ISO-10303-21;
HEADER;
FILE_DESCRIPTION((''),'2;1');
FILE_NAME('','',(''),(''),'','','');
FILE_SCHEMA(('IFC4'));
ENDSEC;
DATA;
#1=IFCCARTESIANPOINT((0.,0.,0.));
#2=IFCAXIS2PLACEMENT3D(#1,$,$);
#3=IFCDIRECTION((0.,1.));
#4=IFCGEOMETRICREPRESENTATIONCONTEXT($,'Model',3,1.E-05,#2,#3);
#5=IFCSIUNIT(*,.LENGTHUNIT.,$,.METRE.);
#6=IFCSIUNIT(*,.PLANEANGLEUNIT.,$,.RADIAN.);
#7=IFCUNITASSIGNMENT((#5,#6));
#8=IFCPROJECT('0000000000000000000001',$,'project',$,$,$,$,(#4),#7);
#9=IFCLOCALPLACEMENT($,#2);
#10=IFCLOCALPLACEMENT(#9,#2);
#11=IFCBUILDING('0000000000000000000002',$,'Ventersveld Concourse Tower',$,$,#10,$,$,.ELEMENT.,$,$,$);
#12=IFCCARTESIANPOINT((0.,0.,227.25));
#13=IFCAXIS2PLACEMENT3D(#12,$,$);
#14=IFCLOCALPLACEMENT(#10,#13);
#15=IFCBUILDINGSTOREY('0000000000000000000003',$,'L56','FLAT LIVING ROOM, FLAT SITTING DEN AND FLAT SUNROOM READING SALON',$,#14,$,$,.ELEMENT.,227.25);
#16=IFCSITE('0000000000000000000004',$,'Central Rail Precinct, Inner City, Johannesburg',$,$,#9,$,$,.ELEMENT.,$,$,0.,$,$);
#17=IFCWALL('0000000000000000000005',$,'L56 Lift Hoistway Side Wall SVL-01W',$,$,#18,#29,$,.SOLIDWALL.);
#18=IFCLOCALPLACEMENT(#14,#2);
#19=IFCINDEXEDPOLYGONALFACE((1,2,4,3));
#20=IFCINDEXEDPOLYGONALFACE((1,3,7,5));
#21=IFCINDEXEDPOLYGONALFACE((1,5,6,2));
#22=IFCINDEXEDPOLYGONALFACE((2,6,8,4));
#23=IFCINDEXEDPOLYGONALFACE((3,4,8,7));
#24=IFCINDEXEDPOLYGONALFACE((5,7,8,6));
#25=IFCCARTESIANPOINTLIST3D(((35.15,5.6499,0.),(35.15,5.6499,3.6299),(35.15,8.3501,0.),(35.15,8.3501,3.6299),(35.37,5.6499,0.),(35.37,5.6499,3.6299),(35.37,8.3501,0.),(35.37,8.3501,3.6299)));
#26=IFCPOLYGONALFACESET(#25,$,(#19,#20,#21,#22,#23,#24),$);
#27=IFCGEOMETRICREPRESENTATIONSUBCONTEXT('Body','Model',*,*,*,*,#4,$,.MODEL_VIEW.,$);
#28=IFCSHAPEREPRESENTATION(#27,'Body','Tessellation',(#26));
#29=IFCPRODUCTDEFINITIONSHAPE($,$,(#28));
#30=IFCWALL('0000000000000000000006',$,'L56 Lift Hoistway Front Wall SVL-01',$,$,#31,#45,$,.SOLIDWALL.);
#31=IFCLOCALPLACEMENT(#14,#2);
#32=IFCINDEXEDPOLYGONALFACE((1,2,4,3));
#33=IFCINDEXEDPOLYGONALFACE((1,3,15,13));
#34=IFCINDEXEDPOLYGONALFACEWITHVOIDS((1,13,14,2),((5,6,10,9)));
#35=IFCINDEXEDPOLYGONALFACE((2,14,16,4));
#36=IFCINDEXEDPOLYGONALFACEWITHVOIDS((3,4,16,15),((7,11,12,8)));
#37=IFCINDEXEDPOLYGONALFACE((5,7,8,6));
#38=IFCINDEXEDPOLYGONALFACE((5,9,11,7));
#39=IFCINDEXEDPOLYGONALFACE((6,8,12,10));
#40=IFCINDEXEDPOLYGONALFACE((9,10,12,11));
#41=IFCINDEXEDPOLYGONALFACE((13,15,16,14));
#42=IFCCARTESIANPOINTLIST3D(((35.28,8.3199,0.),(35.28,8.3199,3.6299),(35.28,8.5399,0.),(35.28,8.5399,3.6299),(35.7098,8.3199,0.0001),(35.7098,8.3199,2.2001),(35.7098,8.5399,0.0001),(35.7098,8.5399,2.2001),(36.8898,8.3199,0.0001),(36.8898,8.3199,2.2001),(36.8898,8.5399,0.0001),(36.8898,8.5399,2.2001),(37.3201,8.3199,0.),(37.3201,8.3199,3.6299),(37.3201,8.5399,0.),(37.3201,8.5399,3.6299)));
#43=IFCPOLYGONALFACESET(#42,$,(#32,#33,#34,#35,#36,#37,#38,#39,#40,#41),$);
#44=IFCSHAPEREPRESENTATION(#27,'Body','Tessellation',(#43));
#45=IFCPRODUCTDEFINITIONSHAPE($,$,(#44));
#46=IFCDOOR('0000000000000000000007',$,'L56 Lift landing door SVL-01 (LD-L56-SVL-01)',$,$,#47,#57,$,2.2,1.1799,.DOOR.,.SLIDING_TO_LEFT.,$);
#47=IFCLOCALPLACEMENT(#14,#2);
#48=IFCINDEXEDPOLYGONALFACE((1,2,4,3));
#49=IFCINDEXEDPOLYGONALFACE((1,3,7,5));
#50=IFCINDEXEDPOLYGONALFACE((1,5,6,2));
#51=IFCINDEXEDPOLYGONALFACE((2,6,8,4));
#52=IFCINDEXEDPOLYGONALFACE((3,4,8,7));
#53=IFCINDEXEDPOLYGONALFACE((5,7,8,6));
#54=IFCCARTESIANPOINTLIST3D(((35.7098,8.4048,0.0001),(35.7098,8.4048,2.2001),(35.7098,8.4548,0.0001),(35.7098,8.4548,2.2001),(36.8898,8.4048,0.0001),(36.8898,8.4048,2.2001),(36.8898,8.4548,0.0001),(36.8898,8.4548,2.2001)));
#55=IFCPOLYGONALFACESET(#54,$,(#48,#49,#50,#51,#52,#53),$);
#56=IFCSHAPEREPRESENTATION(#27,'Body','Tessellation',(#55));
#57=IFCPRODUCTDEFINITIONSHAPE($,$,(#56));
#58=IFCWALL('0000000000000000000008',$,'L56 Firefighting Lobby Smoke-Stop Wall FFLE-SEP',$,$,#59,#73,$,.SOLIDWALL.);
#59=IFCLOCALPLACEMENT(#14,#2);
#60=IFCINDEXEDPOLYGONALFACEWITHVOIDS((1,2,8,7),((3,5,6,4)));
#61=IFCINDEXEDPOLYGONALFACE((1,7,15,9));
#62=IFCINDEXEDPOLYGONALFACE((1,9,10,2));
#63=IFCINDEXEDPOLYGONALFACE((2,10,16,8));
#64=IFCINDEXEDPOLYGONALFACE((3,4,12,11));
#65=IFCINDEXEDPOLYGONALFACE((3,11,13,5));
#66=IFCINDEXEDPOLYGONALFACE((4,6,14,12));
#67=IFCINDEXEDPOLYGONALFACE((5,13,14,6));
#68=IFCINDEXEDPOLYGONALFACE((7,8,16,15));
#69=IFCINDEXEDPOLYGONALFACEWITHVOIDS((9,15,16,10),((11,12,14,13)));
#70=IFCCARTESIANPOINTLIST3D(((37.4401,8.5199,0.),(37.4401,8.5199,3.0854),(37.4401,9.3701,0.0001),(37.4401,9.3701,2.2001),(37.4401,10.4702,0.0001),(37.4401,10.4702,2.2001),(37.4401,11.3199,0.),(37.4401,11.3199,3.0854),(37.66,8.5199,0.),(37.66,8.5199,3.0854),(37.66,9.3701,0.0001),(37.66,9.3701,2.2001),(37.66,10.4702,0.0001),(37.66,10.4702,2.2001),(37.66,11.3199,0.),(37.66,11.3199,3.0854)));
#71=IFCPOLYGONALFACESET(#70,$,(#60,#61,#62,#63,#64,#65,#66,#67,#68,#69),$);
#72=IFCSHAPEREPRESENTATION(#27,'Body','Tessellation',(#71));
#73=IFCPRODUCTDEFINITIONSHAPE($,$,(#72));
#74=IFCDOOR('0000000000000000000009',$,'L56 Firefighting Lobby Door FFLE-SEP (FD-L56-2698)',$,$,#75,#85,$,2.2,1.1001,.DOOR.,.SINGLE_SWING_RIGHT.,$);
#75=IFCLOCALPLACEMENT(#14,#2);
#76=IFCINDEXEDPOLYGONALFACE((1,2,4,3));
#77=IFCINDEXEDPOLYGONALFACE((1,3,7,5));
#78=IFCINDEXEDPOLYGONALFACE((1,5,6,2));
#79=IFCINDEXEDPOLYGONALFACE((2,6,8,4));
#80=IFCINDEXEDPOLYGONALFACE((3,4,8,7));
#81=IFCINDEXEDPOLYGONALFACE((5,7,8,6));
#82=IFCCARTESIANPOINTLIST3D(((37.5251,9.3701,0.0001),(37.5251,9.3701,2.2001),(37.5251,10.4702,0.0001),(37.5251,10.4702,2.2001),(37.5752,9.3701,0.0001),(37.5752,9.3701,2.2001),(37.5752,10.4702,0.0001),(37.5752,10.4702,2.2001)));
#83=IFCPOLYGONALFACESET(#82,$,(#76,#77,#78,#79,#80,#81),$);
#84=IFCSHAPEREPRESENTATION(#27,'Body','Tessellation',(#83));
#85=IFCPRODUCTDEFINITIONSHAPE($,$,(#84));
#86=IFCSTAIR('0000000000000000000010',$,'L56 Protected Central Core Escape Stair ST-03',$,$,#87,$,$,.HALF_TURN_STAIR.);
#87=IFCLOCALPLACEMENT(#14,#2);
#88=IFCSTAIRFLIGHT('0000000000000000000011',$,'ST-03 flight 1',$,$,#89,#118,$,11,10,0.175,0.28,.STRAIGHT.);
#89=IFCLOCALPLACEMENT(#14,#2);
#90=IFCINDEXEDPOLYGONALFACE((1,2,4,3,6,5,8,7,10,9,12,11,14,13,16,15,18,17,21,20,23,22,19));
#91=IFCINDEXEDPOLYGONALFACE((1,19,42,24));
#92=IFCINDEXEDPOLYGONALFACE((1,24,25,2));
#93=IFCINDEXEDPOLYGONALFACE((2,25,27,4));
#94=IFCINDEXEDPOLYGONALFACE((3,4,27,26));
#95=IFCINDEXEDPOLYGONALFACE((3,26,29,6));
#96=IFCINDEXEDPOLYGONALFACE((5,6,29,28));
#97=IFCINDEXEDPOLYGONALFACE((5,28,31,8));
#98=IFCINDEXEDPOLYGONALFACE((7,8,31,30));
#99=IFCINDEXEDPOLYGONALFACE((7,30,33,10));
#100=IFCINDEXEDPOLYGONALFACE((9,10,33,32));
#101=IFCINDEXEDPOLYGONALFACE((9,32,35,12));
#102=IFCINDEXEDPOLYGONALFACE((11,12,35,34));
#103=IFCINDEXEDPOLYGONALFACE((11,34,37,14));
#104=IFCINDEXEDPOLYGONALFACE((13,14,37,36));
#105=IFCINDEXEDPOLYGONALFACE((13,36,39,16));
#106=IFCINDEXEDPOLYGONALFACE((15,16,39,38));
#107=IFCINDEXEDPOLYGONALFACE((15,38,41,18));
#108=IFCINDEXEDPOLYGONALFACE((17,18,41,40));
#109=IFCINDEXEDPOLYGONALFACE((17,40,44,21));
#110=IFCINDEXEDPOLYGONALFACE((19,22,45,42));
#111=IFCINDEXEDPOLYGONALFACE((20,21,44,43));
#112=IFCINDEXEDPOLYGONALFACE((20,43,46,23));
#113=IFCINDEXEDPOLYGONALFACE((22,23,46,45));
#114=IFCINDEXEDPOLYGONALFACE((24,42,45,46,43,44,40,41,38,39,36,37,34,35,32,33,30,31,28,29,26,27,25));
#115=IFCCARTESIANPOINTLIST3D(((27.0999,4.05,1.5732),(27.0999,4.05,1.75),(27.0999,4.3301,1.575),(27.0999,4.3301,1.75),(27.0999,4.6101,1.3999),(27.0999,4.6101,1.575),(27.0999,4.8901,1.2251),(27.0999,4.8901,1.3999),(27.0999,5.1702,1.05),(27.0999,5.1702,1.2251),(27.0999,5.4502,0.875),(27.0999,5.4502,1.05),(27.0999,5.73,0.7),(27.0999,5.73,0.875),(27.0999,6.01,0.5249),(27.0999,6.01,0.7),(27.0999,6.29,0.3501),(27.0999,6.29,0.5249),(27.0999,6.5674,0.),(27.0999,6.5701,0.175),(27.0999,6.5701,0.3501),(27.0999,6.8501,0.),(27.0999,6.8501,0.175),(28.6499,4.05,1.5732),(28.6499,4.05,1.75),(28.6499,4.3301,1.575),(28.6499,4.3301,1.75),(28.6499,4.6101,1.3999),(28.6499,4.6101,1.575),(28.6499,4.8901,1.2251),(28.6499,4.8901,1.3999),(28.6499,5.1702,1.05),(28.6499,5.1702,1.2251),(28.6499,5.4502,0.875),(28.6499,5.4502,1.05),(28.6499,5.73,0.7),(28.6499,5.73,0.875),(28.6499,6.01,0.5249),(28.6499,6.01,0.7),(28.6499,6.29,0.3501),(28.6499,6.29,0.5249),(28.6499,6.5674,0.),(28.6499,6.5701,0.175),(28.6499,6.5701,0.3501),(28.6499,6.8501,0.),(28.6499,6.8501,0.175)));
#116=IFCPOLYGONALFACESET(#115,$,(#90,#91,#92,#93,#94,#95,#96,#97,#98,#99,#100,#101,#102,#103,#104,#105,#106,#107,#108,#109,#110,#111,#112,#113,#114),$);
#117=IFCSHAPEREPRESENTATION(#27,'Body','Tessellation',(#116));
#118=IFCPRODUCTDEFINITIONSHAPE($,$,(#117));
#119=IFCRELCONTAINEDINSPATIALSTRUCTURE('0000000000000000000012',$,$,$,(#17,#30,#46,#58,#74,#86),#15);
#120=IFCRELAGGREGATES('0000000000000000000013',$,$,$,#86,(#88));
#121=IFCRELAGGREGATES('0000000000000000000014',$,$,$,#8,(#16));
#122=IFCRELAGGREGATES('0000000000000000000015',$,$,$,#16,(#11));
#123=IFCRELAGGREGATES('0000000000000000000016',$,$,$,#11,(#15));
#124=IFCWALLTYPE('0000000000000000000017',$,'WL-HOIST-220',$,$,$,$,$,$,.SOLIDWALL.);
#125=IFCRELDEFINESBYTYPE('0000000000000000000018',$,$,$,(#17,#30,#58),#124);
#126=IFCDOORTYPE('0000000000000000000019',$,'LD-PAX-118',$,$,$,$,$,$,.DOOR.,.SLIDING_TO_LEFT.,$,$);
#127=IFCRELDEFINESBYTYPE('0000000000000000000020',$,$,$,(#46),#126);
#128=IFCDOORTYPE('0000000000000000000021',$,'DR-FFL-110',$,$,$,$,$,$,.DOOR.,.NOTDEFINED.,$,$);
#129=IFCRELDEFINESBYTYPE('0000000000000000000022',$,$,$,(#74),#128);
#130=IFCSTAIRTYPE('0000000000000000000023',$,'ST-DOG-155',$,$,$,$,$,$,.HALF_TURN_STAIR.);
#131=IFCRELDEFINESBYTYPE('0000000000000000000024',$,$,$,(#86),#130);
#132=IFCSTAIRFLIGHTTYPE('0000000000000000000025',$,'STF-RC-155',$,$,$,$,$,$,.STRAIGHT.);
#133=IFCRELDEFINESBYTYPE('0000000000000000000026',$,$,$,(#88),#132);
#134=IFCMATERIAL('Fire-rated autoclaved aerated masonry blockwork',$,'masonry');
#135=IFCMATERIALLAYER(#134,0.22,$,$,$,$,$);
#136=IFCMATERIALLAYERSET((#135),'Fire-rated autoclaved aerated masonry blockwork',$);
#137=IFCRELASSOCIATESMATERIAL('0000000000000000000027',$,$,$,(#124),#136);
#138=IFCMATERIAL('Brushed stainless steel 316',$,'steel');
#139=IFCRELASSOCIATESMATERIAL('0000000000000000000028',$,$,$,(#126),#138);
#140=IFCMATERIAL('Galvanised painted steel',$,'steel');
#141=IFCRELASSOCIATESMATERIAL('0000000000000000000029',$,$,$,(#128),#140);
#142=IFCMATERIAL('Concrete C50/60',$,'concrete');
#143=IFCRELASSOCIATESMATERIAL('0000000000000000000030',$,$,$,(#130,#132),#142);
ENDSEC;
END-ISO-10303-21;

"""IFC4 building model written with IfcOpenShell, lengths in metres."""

from ifc_helpers import new_model, si_unit, direction, frame, frame_2d, origin, place, context, subcontext, project, spatial, polyline, rectangle, outline, extrude, material, layer, layer_set, type_object, element, fill, aggregate, save


model = new_model("IFC4")

# Units and contexts
model_context = context("Model", 3, precision=1e-05, world=origin(), true_north=direction((0.0, 1.0)))
body_context = subcontext(model_context, "Body", "Model", "MODEL_VIEW")
ifc_project = project(units=[si_unit("LENGTHUNIT", "METRE"), si_unit("PLANEANGLEUNIT", "RADIAN")], contexts=[model_context])

# Site, building, storey
site_placement = place(None, origin())
site = spatial("IfcSite", under=ifc_project, at=site_placement, Name="Central Rail Precinct, Inner City, Johannesburg", CompositionType="ELEMENT", RefElevation=0.0)
building_placement = place(site_placement, origin())
building = spatial("IfcBuilding", under=site, at=building_placement, Name="Ventersveld Concourse Tower", CompositionType="ELEMENT")
storey_placement = place(building_placement, frame((0.0, 0.0, 227.25)))
storey = spatial("IfcBuildingStorey", under=building, at=storey_placement, Name="L56", Description="FLAT LIVING ROOM, FLAT SITTING DEN AND FLAT SUNROOM READING SALON", CompositionType="ELEMENT", Elevation=227.25)

# Shared definitions
ifc_material_1 = material(Name="Concrete C50/60", Category="concrete")

# Shared definitions
ifc_material_2 = material(Name="Fire-rated autoclaved aerated masonry blockwork", Category="masonry")
ifc_layer_1 = layer(ifc_material_2, 0.22)
ifc_layer_set_1 = layer_set([ifc_layer_1], Name="Fire-rated autoclaved aerated masonry blockwork")
wall_type_1 = type_object("IfcWallType", Name="WL-HOIST-220", PredefinedType="SOLIDWALL", material=ifc_layer_set_1)

# Shared definitions
ifc_material_3 = material(Name="Brushed stainless steel 316", Category="steel")

# Wall
wall_1_placement = place(storey_placement, frame((35.26, 5.6499, 0.0), z_axis=(0.0, 0.0, 1.0), x_axis=(0.0, 1.0, 0.0)))
element("IfcWall", 1, at=wall_1_placement, inside=storey, type_object=wall_type_1, Name="L56 Lift Hoistway Side Wall SVL-01W", PredefinedType="SOLIDWALL", context=body_context, shape_type="SweptSolid", body=[
    extrude(rectangle(XDim=2.7002, YDim=0.22, at=frame_2d((1.3501, 0.0))), origin(), (0.0, 0.0, 1.0), 3.6299),
])

# Walls, openings, doors
wall_2_placement = place(storey_placement, frame((35.28, 8.4299, 0.0), z_axis=(0.0, 0.0, 1.0), x_axis=(1.0, 0.0, 0.0)))
wall_2 = element("IfcWall", 2, at=wall_2_placement, inside=storey, type_object=wall_type_1, Name="L56 Lift Hoistway Front Wall SVL-01", PredefinedType="SOLIDWALL", context=body_context, shape_type="SweptSolid", body=[
    extrude(rectangle(XDim=2.04, YDim=0.22, at=frame_2d((1.02, 0.0))), origin(), (0.0, 0.0, 1.0), 3.6299),
])
opening_1_placement = place(wall_2_placement, frame((0.4299, 0.0, 0.0)))
opening_1 = element("IfcOpeningElement", 3, at=opening_1_placement, cuts=wall_2, PredefinedType="OPENING", context=body_context, shape_type="SweptSolid", body=[
    extrude(rectangle(XDim=1.1799, YDim=2.2, at=frame_2d((0.5898, 1.1001))), frame((0.0, 0.1201, 0.0), z_axis=(0.0, -1.0, 0.0), x_axis=(1.0, 0.0, 0.0)), (0.0, 0.0, 1.0), 0.24),
])
door_type_1 = type_object("IfcDoorType", Name="LD-PAX-118", OperationType="SLIDING_TO_LEFT", PredefinedType="DOOR", material=ifc_material_3)
door_1_placement = place(opening_1_placement, origin())
door_1 = element("IfcDoor", 4, at=door_1_placement, inside=storey, type_object=door_type_1, Name="L56 Lift landing door SVL-01 (LD-L56-SVL-01)", OperationType="SLIDING_TO_LEFT", OverallHeight=2.2, OverallWidth=1.1799, PredefinedType="DOOR", context=body_context, shape_type="SweptSolid", body=[
    extrude(rectangle(XDim=1.1799, YDim=2.2, at=frame_2d((0.5898, 1.1001))), frame((0.0, 0.0249, 0.0), z_axis=(0.0, -1.0, 0.0), x_axis=(1.0, 0.0, 0.0)), (0.0, 0.0, 1.0), 0.05),
])
fill(opening_1, door_1)
wall_3_placement = place(storey_placement, frame((37.55, 8.52, 0.0), z_axis=(0.0, 0.0, 1.0), x_axis=(0.0, 1.0, 0.0)))
wall_3 = element("IfcWall", 5, at=wall_3_placement, inside=storey, type_object=wall_type_1, Name="L56 Firefighting Lobby Smoke-Stop Wall FFLE-SEP", PredefinedType="SOLIDWALL", context=body_context, shape_type="SweptSolid", body=[
    extrude(rectangle(XDim=2.8, YDim=0.22, at=frame_2d((1.3999, 0.0))), origin(), (0.0, 0.0, 1.0), 3.0854),
])
opening_2_placement = place(wall_3_placement, frame((0.8501, 0.0, 0.0)))
opening_2 = element("IfcOpeningElement", 6, at=opening_2_placement, cuts=wall_3, PredefinedType="OPENING", context=body_context, shape_type="SweptSolid", body=[
    extrude(rectangle(XDim=1.1001, YDim=2.2, at=frame_2d((0.55, 1.1001))), frame((0.0, 0.1201, 0.0), z_axis=(0.0, -1.0, 0.0), x_axis=(1.0, 0.0, 0.0)), (0.0, 0.0, 1.0), 0.24),
])
ifc_material_4 = material(Name="Galvanised painted steel", Category="steel")
door_type_2 = type_object("IfcDoorType", Name="DR-FFL-110", OperationType="NOTDEFINED", PredefinedType="DOOR", material=ifc_material_4)
door_2_placement = place(opening_2_placement, origin())
door_2 = element("IfcDoor", 7, at=door_2_placement, inside=storey, type_object=door_type_2, Name="L56 Firefighting Lobby Door FFLE-SEP (FD-L56-2698)", OperationType="SINGLE_SWING_RIGHT", OverallHeight=2.2, OverallWidth=1.1001, PredefinedType="DOOR", context=body_context, shape_type="SweptSolid", body=[
    extrude(rectangle(XDim=1.1001, YDim=2.2, at=frame_2d((0.55, 1.1001))), frame((0.0, 0.0249, 0.0), z_axis=(0.0, -1.0, 0.0), x_axis=(1.0, 0.0, 0.0)), (0.0, 0.0, 1.0), 0.05),
])
fill(opening_2, door_2)

# Stair, stair flight
stair_type = type_object("IfcStairType", Name="ST-DOG-155", PredefinedType="HALF_TURN_STAIR", material=ifc_material_1)
stair_placement = place(storey_placement, origin())
stair = element("IfcStair", 8, at=stair_placement, inside=storey, type_object=stair_type, Name="L56 Protected Central Core Escape Stair ST-03", PredefinedType="HALF_TURN_STAIR")
stair_flight_type = type_object("IfcStairFlightType", Name="STF-RC-155", PredefinedType="STRAIGHT", material=ifc_material_1)
stair_flight_placement = place(storey_placement, frame((27.875, 6.8501, 0.0), z_axis=(0.0, 0.0, 1.0), x_axis=(0.0, -1.0, 0.0)))
stair_flight = element("IfcStairFlight", 9, at=stair_flight_placement, type_object=stair_flight_type, Name="ST-03 flight 1", NumberOfRisers=11, NumberOfTreads=10, PredefinedType="STRAIGHT", RiserHeight=0.175, TreadLength=0.28, context=body_context, shape_type="SweptSolid", body=[
    extrude(outline(polyline([(0.0, 0.0), (0.0, 0.175), (0.28, 0.175), (0.28, 0.3501), (0.5601, 0.3501), (0.5601, 0.5249), (0.8401, 0.5249), (0.8401, 0.7), (1.1201, 0.7), (1.1201, 0.875), (1.3999, 0.875), (1.3999, 1.05), (1.6799, 1.05), (1.6799, 1.2251), (1.96, 1.2251), (1.96, 1.3999), (2.24, 1.3999), (2.24, 1.575), (2.52, 1.575), (2.52, 1.75), (2.8, 1.75), (2.8, 1.925), (2.8, 1.5732), (0.2827, 0.0), (0.0, 0.0)])), frame((0.0, 0.7749, 0.0), z_axis=(0.0, -1.0, 0.0), x_axis=(1.0, 0.0, 0.0)), (0.0, 0.0, 1.0), 1.55),
])
aggregate(stair, [stair_flight])

save(model, "model.ifc")
